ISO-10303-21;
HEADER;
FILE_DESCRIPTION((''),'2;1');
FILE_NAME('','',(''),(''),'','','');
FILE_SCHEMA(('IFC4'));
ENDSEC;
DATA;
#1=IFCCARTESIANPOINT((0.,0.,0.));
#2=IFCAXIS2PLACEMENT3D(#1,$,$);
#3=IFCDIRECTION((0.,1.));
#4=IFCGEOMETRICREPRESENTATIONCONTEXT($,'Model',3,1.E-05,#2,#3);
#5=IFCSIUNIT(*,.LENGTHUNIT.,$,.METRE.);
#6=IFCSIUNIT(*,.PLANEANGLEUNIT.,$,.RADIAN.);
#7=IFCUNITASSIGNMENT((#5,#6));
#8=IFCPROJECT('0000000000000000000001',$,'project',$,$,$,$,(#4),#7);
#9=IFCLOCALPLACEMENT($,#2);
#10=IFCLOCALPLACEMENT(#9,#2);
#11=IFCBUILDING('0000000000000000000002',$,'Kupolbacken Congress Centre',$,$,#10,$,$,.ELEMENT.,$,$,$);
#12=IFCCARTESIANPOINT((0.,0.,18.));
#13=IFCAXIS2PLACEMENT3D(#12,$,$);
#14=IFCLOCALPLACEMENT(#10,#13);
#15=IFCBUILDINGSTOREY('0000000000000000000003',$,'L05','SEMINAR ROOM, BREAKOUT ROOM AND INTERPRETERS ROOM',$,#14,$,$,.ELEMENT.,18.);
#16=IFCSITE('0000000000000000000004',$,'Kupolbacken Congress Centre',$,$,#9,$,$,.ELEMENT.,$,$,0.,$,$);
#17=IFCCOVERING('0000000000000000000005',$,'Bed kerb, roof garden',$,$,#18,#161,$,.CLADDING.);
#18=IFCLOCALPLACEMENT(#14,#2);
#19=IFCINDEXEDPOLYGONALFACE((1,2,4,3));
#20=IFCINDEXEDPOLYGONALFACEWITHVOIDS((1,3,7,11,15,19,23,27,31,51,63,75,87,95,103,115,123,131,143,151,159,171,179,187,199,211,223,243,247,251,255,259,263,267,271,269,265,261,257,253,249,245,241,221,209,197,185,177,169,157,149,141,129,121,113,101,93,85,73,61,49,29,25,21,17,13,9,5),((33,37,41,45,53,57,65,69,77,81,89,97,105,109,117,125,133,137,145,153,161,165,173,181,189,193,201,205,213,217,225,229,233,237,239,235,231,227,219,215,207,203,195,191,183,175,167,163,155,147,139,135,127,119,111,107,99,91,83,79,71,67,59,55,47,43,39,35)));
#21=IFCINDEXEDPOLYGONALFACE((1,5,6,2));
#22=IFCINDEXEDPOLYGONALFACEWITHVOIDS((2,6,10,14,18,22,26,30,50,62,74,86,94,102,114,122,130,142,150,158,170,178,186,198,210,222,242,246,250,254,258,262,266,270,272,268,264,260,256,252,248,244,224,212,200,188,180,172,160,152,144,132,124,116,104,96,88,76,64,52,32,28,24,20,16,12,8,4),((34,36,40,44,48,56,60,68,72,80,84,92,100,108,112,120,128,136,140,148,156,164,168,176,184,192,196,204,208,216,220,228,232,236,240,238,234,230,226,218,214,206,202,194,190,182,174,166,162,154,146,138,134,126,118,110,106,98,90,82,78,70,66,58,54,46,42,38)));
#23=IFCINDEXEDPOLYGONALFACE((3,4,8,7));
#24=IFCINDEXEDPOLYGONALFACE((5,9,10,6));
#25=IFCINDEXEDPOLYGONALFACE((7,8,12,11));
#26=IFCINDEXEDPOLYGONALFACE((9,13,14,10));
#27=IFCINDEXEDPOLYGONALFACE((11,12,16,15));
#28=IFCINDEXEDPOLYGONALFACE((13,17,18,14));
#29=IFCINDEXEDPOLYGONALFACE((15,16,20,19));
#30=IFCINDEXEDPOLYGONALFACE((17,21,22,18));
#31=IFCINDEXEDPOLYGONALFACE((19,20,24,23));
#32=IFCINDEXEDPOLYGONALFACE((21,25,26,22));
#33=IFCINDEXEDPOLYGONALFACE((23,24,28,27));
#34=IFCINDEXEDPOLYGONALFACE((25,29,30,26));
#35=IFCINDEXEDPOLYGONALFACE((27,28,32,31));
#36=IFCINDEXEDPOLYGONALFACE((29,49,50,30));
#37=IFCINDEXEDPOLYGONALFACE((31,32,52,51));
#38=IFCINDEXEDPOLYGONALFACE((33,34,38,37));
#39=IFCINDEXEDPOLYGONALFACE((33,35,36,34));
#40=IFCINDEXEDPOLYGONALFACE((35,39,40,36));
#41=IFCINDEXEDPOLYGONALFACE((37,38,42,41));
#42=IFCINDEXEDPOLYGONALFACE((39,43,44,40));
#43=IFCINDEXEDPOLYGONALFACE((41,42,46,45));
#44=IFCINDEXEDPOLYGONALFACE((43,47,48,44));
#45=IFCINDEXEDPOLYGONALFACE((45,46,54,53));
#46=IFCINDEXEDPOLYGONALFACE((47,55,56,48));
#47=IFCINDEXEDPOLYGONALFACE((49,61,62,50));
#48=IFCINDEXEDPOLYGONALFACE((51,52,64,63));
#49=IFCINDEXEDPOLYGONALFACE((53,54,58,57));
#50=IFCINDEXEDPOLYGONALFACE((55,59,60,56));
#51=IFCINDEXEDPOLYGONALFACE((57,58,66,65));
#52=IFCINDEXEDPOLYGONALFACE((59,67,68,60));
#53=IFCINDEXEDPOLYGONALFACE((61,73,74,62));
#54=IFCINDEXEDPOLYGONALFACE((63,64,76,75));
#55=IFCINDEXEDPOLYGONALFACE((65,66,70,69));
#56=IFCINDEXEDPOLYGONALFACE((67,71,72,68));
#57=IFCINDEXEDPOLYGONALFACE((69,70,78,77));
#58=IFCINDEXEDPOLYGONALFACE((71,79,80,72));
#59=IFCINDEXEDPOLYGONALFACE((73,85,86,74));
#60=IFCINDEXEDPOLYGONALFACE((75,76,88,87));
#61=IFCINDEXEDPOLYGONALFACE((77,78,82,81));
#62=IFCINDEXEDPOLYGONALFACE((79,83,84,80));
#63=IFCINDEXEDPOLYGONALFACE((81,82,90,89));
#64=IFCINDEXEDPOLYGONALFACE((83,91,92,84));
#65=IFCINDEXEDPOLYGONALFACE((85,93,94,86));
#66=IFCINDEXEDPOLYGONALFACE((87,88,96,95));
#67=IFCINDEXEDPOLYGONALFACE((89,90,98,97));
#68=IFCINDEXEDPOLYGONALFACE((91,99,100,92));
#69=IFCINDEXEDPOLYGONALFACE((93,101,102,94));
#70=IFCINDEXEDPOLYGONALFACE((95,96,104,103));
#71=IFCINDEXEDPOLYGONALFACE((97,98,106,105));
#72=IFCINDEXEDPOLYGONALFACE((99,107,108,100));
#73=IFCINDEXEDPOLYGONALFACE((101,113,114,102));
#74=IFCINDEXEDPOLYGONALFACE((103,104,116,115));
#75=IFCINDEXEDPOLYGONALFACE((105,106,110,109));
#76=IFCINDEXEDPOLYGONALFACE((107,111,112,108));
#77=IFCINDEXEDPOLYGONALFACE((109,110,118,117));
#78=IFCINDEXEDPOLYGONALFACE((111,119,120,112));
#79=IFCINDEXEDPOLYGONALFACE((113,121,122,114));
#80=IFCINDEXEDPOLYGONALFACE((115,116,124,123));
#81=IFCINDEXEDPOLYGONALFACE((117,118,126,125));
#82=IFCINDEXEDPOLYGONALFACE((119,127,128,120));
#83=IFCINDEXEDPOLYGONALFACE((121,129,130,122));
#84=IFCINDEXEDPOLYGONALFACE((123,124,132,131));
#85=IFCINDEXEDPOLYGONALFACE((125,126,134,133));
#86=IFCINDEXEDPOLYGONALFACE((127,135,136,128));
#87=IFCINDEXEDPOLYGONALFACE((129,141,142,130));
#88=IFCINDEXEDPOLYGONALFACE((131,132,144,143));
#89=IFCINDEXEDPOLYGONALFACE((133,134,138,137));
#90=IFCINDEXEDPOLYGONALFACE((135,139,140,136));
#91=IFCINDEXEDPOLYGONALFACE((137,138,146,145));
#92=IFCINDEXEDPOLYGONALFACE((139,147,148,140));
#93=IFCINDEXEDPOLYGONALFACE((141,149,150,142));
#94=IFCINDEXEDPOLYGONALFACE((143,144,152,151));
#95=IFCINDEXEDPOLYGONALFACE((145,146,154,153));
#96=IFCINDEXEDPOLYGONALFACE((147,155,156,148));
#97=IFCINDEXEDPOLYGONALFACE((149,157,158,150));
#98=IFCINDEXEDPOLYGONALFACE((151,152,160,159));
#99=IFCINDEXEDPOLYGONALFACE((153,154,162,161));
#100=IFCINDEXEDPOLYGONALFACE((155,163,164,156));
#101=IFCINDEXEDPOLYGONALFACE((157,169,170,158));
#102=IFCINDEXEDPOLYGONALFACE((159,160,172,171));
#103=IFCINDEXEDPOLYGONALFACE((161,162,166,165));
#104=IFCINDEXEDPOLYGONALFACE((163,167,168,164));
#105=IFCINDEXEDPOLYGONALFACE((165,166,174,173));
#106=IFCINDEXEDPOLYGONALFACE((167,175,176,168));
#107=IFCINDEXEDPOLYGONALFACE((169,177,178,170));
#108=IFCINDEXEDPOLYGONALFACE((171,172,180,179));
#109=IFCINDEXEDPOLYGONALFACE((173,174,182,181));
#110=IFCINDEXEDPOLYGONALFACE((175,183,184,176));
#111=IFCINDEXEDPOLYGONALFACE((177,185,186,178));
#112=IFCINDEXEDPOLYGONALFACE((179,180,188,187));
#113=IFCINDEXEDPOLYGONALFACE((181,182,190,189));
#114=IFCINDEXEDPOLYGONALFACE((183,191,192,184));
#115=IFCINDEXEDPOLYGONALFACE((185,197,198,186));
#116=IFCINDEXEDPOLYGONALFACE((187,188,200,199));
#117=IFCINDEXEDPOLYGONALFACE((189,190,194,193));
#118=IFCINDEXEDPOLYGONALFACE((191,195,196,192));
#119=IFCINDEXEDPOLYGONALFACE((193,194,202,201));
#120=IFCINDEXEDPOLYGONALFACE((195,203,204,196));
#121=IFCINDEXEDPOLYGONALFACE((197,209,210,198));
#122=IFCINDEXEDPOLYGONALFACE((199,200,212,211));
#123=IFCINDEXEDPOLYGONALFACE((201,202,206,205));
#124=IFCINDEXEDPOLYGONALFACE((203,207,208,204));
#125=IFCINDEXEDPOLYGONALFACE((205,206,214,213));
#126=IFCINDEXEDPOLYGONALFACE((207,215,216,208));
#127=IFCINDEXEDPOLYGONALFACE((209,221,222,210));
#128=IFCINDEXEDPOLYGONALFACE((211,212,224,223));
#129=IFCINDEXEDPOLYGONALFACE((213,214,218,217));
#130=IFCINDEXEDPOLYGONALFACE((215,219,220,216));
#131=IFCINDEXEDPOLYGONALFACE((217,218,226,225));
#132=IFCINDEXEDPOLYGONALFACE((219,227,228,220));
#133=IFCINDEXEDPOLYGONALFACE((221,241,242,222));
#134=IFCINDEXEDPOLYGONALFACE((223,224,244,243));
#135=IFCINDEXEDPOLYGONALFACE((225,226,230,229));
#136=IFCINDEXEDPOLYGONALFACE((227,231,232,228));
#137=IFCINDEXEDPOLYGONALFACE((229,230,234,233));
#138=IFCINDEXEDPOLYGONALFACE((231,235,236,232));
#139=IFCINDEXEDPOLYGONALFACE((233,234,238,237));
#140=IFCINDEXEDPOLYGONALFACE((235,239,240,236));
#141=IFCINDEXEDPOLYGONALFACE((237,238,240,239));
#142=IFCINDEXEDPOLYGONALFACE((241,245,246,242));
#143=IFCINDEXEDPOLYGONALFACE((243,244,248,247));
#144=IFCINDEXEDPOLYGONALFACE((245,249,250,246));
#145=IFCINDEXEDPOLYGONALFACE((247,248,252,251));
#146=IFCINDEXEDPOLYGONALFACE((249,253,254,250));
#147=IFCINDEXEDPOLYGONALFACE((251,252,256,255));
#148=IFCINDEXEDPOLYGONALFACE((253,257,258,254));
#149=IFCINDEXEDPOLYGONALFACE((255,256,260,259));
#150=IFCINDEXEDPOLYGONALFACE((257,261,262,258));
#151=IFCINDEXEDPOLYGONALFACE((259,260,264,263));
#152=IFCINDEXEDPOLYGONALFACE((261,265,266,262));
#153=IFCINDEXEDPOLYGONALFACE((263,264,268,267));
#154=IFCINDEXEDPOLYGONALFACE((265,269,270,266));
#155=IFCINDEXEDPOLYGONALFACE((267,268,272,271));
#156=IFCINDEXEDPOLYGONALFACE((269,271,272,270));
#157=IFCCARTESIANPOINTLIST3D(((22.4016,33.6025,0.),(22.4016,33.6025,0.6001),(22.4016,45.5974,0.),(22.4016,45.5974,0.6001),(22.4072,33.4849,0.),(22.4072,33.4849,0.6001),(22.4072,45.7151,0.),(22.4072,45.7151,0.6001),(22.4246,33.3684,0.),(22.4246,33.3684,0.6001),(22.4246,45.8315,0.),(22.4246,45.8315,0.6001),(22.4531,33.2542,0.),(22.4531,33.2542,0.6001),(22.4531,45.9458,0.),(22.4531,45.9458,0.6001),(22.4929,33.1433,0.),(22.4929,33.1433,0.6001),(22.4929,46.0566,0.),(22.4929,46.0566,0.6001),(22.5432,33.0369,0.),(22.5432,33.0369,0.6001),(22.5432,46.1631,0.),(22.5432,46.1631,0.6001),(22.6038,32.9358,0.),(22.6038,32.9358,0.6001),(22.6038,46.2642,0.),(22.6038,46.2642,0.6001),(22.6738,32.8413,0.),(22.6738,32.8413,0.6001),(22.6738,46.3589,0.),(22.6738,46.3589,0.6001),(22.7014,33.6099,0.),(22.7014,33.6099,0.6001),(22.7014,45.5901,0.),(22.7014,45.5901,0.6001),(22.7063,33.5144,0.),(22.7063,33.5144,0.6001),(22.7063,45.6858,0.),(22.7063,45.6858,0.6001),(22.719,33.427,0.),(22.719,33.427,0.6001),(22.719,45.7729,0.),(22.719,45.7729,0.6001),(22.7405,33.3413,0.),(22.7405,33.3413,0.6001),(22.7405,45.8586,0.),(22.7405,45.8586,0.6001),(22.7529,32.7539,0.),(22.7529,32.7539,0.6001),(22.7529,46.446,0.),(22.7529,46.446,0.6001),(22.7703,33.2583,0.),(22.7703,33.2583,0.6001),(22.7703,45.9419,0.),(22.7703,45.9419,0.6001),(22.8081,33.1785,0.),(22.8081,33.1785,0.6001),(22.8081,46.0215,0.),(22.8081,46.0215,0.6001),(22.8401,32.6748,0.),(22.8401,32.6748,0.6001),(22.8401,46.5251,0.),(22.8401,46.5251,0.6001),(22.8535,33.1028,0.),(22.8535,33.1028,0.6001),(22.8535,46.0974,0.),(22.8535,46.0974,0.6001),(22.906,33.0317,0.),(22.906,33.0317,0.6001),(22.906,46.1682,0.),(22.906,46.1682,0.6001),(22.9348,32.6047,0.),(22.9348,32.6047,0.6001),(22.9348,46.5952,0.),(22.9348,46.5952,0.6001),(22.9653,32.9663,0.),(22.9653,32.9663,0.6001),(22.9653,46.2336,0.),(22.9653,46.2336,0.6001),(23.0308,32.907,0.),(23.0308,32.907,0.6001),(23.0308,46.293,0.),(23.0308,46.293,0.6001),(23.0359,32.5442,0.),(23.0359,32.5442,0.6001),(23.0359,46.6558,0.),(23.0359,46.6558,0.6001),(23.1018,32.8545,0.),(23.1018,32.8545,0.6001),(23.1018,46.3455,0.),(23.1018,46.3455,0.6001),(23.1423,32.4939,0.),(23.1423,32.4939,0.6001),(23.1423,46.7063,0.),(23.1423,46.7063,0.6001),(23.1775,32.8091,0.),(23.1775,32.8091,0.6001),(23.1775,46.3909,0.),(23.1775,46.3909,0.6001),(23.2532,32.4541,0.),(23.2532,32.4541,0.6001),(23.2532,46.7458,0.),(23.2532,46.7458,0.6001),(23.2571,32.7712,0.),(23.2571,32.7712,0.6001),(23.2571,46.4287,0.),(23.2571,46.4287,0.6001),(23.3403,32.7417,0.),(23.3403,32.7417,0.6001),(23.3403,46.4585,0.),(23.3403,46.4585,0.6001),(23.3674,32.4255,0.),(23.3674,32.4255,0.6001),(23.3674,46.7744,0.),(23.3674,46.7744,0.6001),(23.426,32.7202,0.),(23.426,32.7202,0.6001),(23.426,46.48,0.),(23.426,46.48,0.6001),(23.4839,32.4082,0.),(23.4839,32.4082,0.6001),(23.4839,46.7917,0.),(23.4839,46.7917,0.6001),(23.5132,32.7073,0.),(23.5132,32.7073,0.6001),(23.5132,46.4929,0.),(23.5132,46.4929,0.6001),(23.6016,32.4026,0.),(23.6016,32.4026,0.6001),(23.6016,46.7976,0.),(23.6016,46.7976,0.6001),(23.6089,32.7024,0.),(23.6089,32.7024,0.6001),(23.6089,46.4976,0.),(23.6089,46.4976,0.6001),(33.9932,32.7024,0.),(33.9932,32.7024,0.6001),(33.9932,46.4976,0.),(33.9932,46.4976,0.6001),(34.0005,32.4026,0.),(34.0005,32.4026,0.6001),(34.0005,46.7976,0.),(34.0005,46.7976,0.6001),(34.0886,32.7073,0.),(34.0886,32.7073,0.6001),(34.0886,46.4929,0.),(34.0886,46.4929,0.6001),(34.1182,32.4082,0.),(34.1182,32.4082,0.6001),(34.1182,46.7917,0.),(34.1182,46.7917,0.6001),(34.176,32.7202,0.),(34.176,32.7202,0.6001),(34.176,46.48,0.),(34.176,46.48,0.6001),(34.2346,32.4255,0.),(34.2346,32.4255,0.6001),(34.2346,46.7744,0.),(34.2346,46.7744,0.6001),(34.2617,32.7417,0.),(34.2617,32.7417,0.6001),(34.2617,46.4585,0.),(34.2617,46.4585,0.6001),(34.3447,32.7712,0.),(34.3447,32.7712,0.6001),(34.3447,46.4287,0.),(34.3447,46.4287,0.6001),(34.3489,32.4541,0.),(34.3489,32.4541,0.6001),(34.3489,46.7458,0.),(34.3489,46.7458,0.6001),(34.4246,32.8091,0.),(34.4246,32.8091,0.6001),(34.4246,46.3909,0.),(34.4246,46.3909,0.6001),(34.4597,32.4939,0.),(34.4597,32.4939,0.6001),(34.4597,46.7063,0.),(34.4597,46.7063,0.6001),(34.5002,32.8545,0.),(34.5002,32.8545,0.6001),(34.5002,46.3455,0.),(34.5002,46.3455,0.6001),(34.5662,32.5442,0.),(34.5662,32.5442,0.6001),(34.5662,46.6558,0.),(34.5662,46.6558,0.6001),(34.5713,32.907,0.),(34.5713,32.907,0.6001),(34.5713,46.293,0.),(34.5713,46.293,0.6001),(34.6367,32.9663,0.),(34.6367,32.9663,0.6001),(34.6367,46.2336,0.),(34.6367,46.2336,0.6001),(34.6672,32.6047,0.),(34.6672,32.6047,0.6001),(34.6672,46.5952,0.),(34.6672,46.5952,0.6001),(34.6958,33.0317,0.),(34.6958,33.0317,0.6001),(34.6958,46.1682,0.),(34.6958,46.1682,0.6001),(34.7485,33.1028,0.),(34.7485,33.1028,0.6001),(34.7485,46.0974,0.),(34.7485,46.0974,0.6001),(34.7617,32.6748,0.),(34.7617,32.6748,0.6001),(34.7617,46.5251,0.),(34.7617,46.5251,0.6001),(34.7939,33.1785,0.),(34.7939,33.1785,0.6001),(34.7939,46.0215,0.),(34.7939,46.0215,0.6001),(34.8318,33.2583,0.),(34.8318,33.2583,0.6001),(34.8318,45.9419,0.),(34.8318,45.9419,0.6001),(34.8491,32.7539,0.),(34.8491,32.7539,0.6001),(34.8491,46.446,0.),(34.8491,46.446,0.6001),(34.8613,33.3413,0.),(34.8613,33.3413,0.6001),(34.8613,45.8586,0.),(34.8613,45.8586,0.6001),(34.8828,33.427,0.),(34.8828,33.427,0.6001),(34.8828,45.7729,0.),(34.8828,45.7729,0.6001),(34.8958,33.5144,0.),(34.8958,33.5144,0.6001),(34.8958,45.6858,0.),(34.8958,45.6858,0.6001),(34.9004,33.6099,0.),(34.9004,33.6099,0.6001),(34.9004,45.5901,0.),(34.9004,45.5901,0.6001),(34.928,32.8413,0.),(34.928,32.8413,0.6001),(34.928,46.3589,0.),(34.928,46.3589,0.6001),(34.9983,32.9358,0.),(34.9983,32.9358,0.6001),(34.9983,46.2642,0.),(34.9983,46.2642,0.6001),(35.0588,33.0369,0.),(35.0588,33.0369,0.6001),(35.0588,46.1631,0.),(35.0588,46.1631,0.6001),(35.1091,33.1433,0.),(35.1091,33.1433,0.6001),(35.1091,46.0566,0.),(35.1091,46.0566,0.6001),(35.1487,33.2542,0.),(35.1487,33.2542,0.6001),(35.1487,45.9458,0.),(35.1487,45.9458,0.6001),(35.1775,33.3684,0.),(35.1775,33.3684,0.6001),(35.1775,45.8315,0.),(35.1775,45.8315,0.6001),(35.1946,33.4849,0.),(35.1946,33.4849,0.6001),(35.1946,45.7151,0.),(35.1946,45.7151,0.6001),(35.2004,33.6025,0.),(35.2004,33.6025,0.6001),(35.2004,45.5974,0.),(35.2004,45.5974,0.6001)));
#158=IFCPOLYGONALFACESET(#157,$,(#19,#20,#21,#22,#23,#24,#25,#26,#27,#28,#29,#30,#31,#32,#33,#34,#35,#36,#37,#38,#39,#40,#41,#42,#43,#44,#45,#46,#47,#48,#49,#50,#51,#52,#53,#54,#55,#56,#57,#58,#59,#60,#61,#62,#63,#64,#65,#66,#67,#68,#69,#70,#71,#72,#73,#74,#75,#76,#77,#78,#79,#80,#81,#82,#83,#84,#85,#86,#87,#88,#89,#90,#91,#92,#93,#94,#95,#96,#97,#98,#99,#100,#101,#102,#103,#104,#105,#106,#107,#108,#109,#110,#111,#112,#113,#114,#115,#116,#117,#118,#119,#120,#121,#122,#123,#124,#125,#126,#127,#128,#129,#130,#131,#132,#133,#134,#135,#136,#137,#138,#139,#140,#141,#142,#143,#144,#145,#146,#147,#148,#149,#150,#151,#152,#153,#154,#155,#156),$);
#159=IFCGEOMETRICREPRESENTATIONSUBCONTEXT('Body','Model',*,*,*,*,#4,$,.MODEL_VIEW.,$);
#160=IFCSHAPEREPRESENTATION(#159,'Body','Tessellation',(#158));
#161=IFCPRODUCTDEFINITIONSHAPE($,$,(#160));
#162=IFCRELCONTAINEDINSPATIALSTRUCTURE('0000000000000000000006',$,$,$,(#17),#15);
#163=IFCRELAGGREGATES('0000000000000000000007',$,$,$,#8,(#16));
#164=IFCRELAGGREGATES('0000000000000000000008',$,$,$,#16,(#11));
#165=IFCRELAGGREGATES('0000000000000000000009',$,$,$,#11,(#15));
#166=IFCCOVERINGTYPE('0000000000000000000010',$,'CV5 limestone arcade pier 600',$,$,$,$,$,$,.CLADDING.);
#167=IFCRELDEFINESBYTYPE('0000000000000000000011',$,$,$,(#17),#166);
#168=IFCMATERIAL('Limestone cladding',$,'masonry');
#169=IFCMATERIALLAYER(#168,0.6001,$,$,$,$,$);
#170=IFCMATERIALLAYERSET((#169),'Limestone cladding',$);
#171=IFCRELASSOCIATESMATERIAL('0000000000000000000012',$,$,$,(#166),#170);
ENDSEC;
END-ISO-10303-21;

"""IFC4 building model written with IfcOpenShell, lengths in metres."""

from ifc_helpers import new_model, si_unit, direction, frame, origin, place, context, subcontext, project, spatial, polyline, outline, extrude, material, layer, layer_set, type_object, element, save


model = new_model("IFC4")

# Units and contexts
model_context = context("Model", 3, precision=1e-05, world=origin(), true_north=direction((0.0, 1.0)))
body_context = subcontext(model_context, "Body", "Model", "MODEL_VIEW")
ifc_project = project(units=[si_unit("LENGTHUNIT", "METRE"), si_unit("PLANEANGLEUNIT", "RADIAN")], contexts=[model_context])

# Site, building, storey
site_placement = place(None, origin())
site = spatial("IfcSite", under=ifc_project, at=site_placement, Name="Kupolbacken Congress Centre", CompositionType="ELEMENT", RefElevation=0.0)
building_placement = place(site_placement, origin())
building = spatial("IfcBuilding", under=site, at=building_placement, Name="Kupolbacken Congress Centre", CompositionType="ELEMENT")
storey_placement = place(building_placement, frame((0.0, 0.0, 18.0)))
storey = spatial("IfcBuildingStorey", under=building, at=storey_placement, Name="L05", Description="SEMINAR ROOM, BREAKOUT ROOM AND INTERPRETERS ROOM", CompositionType="ELEMENT", Elevation=18.0)

# Covering
ifc_material_1 = material(Name="Limestone cladding", Category="masonry")
ifc_layer_1 = layer(ifc_material_1, 0.6001)
ifc_layer_set_1 = layer_set([ifc_layer_1], Name="Limestone cladding")
covering_type_1 = type_object("IfcCoveringType", Name="CV5 limestone arcade pier 600", PredefinedType="CLADDING", material=ifc_layer_set_1)
covering_1_placement = place(storey_placement, origin())
element("IfcCovering", 1, at=covering_1_placement, inside=storey, type_object=covering_type_1, Name="Bed kerb, roof garden", PredefinedType="CLADDING", context=body_context, shape_type="SweptSolid", body=[
    extrude(outline(polyline([(34.1182, 46.7917), (34.2346, 46.7744), (34.3489, 46.7458), (34.4597, 46.7063), (34.5662, 46.6558), (34.6672, 46.5952), (34.7617, 46.5251), (34.8491, 46.446), (34.928, 46.3589), (34.9983, 46.2642), (35.0588, 46.1631), (35.1091, 46.0566), (35.1487, 45.9458), (35.1775, 45.8315), (35.1946, 45.7151), (35.2004, 45.5974), (35.2004, 33.6025), (35.1946, 33.4849), (35.1775, 33.3684), (35.1487, 33.2542), (35.1091, 33.1433), (35.0588, 33.0369), (34.9983, 32.9358), (34.928, 32.8413), (34.8491, 32.7539), (34.7617, 32.6748), (34.6672, 32.6047), (34.5662, 32.5442), (34.4597, 32.4939), (34.3489, 32.4541), (34.2346, 32.4255), (34.1182, 32.4082), (34.0005, 32.4026), (23.6016, 32.4026), (23.4839, 32.4082), (23.3674, 32.4255), (23.2532, 32.4541), (23.1423, 32.4939), (23.0359, 32.5442), (22.9348, 32.6047), (22.8401, 32.6748), (22.7529, 32.7539), (22.6738, 32.8413), (22.6038, 32.9358), (22.5432, 33.0369), (22.4929, 33.1433), (22.4531, 33.2542), (22.4246, 33.3684), (22.4072, 33.4849), (22.4016, 33.6025), (22.4016, 45.5974), (22.4072, 45.7151), (22.4246, 45.8315), (22.4531, 45.9458), (22.4929, 46.0566), (22.5432, 46.1631), (22.6038, 46.2642), (22.6738, 46.3589), (22.7529, 46.446), (22.8401, 46.5251), (22.9348, 46.5952), (23.0359, 46.6558), (23.1423, 46.7063), (23.2532, 46.7458), (23.3674, 46.7744), (23.4839, 46.7917), (23.6016, 46.7976), (34.0005, 46.7976), (34.1182, 46.7917)]), holes=[polyline([(23.6089, 46.4976), (23.5132, 46.4929), (23.426, 46.48), (23.3403, 46.4585), (23.2571, 46.4287), (23.1775, 46.3909), (23.1018, 46.3455), (23.0308, 46.293), (22.9653, 46.2336), (22.906, 46.1682), (22.8535, 46.0974), (22.8081, 46.0215), (22.7703, 45.9419), (22.7405, 45.8586), (22.719, 45.7729), (22.7063, 45.6858), (22.7014, 45.5901), (22.7014, 33.6099), (22.7063, 33.5144), (22.719, 33.427), (22.7405, 33.3413), (22.7703, 33.2583), (22.8081, 33.1785), (22.8535, 33.1028), (22.906, 33.0317), (22.9653, 32.9663), (23.0308, 32.907), (23.1018, 32.8545), (23.1775, 32.8091), (23.2571, 32.7712), (23.3403, 32.7417), (23.426, 32.7202), (23.5132, 32.7073), (23.6089, 32.7024), (33.9932, 32.7024), (34.0886, 32.7073), (34.176, 32.7202), (34.2617, 32.7417), (34.3447, 32.7712), (34.4246, 32.8091), (34.5002, 32.8545), (34.5713, 32.907), (34.6367, 32.9663), (34.6958, 33.0317), (34.7485, 33.1028), (34.7939, 33.1785), (34.8318, 33.2583), (34.8613, 33.3413), (34.8828, 33.427), (34.8958, 33.5144), (34.9004, 33.6099), (34.9004, 45.5901), (34.8958, 45.6858), (34.8828, 45.7729), (34.8613, 45.8586), (34.8318, 45.9419), (34.7939, 46.0215), (34.7485, 46.0974), (34.6958, 46.1682), (34.6367, 46.2336), (34.5713, 46.293), (34.5002, 46.3455), (34.4246, 46.3909), (34.3447, 46.4287), (34.2617, 46.4585), (34.176, 46.48), (34.0886, 46.4929), (33.9932, 46.4976), (23.6089, 46.4976)])]), origin(), (0.0, 0.0, 1.0), 0.6001),
])

save(model, "model.ifc")
